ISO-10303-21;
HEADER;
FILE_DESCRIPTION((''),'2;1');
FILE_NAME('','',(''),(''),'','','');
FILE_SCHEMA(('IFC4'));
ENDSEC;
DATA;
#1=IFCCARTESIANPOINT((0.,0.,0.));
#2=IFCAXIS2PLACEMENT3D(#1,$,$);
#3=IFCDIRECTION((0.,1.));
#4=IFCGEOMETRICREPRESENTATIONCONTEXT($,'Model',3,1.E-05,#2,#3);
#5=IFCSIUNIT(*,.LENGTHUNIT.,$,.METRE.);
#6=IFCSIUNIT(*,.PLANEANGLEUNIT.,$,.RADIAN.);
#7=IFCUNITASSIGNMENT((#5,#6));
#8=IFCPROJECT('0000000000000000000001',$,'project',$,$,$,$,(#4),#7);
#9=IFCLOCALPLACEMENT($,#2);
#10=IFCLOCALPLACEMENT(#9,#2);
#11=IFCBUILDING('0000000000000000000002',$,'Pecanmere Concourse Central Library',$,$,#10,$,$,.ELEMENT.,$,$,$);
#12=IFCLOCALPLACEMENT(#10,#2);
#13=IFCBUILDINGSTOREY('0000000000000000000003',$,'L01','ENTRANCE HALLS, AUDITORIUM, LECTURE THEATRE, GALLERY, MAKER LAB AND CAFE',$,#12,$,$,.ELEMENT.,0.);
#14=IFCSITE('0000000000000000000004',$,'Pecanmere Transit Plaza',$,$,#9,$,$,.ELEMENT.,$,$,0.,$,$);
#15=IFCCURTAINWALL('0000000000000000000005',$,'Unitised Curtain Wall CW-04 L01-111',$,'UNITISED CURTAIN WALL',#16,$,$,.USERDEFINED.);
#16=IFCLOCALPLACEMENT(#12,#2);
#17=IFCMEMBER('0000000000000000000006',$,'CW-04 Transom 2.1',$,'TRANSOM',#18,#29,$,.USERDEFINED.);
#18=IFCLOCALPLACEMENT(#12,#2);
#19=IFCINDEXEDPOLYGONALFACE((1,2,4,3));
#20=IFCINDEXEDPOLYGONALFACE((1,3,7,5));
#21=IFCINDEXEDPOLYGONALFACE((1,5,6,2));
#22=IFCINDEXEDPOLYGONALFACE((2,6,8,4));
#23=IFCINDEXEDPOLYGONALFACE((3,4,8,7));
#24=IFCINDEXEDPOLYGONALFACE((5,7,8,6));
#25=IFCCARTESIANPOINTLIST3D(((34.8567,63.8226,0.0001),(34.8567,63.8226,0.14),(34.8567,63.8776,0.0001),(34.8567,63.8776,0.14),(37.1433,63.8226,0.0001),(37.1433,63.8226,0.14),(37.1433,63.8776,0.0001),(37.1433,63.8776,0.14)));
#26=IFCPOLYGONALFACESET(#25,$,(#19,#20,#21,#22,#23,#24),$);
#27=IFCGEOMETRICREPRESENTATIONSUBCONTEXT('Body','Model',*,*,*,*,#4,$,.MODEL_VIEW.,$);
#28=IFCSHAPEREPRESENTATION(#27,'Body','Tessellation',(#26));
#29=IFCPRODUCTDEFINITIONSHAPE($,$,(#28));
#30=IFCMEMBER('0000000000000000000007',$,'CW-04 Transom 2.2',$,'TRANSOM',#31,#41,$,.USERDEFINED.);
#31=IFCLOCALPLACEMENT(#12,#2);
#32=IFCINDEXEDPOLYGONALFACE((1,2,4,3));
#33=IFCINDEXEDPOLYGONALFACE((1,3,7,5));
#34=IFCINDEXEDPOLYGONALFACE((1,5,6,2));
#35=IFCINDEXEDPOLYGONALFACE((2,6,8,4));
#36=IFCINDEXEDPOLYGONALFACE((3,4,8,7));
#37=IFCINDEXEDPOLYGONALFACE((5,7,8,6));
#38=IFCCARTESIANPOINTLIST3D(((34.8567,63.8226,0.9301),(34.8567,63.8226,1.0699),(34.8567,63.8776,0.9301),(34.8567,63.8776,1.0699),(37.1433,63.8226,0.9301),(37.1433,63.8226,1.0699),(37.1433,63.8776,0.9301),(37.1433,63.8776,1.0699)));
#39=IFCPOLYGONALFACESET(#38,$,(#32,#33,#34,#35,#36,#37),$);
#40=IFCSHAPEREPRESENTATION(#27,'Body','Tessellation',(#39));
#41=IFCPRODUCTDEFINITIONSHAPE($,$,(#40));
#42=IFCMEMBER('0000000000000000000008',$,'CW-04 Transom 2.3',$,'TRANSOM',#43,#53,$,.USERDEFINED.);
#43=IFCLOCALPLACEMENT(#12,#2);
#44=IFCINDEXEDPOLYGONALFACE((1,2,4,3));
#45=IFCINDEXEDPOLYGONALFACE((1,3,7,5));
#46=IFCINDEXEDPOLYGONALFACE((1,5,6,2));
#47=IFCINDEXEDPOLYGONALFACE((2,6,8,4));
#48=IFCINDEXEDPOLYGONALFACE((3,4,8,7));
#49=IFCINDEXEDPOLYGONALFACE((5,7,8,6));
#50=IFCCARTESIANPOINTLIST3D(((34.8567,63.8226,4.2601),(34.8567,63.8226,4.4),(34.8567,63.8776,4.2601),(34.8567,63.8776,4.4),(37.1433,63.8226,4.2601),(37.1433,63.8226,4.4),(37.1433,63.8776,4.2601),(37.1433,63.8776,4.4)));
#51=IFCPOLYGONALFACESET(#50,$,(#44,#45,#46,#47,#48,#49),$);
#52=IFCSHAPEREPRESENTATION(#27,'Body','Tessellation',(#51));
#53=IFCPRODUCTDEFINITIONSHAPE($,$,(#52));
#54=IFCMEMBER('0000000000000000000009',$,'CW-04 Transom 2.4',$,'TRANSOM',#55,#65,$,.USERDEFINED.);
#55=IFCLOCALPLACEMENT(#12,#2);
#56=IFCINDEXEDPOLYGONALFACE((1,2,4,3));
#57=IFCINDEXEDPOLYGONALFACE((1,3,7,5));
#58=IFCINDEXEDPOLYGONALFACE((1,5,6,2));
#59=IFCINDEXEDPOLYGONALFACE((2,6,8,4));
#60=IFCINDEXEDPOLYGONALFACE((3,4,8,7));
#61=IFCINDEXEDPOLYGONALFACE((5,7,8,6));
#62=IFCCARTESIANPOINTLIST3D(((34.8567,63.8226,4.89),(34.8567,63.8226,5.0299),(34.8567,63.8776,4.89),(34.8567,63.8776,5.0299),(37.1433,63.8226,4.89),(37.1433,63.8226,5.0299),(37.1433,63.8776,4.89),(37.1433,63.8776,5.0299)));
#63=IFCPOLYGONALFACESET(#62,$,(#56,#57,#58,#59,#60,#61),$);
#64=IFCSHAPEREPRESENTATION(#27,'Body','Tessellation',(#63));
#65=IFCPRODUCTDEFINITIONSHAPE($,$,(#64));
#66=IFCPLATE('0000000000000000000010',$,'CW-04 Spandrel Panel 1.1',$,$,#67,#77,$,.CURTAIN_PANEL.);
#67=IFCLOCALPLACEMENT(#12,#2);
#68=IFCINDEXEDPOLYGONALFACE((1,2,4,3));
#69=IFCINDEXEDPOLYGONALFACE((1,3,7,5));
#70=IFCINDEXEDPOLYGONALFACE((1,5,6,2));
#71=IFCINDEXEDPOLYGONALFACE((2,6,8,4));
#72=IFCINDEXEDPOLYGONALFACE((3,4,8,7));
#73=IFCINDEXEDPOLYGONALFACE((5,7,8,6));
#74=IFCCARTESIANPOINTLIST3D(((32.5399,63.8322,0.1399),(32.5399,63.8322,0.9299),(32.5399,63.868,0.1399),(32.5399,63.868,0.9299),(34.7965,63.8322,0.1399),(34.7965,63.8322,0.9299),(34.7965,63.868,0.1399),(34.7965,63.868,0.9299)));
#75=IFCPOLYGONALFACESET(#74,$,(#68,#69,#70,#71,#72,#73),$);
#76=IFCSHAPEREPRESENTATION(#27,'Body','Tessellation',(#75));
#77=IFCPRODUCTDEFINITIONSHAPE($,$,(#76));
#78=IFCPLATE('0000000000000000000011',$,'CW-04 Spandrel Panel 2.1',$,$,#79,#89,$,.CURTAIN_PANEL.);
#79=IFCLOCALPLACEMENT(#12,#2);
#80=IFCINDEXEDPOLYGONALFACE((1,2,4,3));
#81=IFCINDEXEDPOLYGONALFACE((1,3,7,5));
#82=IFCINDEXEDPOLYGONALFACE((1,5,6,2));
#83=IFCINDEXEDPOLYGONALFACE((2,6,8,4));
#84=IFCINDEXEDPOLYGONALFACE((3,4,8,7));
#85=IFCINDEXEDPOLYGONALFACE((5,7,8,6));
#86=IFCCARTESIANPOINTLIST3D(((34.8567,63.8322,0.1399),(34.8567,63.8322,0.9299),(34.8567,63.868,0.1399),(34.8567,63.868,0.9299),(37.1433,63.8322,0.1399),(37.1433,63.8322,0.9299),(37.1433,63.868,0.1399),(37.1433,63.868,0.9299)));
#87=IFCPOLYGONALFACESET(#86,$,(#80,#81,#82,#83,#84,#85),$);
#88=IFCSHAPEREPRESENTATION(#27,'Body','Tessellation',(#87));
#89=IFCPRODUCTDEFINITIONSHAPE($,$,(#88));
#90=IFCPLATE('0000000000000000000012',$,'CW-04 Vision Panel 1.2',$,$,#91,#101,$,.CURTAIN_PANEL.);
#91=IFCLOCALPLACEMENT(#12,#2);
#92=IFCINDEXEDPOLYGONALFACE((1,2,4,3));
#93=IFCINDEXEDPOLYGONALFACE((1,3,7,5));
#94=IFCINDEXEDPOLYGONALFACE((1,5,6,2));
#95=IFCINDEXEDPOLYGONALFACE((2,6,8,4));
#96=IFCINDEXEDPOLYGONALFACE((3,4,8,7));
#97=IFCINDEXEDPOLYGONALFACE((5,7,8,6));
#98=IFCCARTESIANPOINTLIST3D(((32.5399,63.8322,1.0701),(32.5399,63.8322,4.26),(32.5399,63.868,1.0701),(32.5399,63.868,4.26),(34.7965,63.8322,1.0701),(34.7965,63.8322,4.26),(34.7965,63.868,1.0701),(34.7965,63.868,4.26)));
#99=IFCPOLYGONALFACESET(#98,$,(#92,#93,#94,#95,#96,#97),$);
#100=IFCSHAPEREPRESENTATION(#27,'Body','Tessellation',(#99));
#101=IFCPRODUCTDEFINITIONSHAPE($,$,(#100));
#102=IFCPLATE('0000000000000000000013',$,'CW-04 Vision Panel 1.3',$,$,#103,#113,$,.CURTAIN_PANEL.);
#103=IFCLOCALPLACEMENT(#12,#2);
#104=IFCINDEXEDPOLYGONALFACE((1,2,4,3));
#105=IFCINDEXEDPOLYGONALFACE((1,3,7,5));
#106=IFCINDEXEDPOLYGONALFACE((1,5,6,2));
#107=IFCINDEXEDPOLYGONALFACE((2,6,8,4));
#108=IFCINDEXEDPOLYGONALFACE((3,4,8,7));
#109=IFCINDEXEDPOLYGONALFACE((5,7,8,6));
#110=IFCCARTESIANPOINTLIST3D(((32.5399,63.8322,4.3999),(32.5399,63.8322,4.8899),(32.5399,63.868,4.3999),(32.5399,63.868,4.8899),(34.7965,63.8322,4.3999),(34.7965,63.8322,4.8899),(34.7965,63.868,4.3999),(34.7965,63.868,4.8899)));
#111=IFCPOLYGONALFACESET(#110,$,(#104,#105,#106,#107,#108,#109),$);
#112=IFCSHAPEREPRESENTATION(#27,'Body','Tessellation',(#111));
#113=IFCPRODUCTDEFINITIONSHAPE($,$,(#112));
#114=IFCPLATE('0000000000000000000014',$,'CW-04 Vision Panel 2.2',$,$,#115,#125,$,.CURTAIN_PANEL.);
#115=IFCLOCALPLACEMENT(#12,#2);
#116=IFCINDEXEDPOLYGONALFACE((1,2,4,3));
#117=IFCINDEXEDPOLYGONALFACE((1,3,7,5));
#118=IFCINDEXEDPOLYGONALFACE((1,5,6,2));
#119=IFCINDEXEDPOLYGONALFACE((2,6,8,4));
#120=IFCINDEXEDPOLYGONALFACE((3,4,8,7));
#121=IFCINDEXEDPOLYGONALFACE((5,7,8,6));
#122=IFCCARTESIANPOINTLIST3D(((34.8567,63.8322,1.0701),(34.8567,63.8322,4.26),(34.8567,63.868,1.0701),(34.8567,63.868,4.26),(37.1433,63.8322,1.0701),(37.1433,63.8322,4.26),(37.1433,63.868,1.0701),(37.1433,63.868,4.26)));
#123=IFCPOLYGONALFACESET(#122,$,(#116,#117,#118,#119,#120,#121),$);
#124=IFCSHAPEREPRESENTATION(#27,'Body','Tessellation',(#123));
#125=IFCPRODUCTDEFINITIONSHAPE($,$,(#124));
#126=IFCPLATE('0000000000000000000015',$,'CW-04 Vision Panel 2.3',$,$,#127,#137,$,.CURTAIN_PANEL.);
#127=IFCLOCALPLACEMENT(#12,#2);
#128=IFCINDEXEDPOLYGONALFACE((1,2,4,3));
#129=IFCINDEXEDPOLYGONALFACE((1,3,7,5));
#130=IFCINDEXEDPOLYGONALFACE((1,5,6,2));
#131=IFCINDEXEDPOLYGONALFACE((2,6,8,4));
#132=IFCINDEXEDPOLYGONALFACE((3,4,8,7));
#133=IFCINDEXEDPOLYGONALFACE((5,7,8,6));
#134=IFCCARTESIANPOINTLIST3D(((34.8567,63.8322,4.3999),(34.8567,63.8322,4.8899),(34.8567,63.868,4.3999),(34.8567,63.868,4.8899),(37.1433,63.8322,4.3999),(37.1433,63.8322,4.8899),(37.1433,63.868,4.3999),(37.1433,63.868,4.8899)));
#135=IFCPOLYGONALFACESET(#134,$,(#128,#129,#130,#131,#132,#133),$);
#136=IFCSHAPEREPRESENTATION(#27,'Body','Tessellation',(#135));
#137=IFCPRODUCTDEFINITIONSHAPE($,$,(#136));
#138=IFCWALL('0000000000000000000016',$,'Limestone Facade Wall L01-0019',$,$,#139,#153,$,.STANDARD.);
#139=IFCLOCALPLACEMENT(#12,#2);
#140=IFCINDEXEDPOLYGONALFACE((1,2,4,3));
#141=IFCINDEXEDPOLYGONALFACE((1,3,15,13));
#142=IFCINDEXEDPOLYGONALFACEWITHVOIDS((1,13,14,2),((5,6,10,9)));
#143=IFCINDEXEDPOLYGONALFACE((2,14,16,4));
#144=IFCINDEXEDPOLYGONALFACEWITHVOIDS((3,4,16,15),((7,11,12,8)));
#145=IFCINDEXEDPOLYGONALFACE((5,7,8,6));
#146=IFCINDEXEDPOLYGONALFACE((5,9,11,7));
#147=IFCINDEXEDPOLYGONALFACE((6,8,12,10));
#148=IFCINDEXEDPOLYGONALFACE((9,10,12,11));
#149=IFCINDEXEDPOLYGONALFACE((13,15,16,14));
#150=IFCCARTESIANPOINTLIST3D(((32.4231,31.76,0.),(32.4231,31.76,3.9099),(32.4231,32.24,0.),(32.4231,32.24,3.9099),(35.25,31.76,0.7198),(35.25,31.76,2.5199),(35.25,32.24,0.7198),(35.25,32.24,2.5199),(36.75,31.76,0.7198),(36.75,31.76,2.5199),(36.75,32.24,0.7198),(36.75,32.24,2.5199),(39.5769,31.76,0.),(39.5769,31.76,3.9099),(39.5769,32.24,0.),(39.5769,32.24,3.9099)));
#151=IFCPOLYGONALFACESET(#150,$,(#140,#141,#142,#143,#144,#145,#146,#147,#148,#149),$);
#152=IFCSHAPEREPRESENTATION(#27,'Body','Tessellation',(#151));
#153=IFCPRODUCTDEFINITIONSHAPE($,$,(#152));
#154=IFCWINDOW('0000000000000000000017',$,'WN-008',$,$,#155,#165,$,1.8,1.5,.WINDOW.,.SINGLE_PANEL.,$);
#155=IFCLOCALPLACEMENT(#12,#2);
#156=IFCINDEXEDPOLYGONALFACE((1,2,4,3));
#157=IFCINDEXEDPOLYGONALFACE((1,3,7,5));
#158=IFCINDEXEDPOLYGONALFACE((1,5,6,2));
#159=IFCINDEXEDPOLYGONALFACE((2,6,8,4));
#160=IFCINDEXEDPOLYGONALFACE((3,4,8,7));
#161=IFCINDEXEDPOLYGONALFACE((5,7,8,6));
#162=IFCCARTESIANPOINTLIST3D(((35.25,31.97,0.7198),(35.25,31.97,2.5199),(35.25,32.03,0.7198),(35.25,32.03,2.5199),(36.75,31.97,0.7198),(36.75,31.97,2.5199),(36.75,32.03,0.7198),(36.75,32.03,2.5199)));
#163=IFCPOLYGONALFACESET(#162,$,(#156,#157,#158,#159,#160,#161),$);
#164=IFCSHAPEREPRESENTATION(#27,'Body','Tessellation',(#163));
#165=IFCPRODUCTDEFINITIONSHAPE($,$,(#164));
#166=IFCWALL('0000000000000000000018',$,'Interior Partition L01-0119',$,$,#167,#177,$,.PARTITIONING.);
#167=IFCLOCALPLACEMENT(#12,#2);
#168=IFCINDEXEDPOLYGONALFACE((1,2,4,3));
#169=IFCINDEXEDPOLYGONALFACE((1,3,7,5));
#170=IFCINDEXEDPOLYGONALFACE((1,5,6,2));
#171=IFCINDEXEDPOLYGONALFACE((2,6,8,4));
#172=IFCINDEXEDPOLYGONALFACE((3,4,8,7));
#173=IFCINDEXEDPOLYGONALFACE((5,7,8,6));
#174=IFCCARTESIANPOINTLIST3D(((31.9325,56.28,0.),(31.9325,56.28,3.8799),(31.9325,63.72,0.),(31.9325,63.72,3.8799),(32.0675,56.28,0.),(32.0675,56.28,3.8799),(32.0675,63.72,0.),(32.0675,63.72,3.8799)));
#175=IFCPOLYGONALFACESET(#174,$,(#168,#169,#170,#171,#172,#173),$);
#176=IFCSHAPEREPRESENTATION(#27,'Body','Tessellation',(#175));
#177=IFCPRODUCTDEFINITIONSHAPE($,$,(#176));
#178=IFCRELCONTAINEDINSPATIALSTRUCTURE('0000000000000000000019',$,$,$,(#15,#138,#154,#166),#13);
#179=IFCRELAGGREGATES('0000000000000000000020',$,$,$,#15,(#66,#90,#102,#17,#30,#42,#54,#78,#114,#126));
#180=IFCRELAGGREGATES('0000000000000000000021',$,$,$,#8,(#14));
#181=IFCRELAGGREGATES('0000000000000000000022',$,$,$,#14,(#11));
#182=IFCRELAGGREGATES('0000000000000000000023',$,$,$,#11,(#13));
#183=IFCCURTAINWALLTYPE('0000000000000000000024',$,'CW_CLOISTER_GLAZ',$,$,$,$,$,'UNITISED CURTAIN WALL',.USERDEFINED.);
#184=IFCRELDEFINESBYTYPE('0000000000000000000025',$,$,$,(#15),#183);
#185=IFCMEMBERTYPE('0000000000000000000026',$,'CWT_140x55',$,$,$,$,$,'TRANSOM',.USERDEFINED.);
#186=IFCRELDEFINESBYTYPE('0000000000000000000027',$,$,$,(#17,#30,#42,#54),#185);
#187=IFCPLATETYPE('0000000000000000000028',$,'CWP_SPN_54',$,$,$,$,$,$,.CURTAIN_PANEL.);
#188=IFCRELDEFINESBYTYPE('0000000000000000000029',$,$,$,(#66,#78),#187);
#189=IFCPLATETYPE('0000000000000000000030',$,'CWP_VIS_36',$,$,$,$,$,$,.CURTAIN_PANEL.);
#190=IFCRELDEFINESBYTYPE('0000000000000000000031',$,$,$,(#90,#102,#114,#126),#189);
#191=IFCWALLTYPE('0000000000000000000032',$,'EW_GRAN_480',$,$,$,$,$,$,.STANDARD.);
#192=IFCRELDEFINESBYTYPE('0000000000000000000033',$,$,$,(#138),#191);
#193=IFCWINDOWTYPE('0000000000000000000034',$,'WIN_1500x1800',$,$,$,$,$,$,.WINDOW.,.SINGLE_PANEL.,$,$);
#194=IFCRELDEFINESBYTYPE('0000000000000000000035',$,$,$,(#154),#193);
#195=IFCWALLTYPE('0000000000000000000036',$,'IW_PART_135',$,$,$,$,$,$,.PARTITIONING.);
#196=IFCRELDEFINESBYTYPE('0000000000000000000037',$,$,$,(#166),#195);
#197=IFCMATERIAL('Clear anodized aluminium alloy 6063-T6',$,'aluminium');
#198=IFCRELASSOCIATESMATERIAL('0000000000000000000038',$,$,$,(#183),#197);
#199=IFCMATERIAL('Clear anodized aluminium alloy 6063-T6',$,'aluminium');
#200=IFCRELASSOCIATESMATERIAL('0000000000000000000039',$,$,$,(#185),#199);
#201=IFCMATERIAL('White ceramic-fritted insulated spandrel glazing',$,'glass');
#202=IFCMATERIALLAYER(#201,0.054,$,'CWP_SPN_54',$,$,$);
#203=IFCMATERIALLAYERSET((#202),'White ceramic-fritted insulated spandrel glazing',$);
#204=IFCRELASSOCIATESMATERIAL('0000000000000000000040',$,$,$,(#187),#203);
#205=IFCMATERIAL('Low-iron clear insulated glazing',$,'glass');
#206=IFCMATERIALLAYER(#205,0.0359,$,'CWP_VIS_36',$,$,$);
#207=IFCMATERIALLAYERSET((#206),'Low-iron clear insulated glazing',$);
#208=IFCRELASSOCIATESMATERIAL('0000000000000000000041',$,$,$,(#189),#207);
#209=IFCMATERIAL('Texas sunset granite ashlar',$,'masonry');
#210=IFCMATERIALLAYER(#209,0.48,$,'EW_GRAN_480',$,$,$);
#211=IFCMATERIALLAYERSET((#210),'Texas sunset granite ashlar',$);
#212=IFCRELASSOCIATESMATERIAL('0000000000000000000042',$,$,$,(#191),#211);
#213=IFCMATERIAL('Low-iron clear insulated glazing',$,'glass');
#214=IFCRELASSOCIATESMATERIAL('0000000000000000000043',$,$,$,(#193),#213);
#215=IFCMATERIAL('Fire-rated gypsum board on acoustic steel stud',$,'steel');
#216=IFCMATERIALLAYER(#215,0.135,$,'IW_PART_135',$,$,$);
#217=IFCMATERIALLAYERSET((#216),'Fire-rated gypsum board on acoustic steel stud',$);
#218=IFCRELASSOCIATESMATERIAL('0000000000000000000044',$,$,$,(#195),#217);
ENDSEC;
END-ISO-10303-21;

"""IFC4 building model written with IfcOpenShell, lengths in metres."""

from ifc_helpers import new_model, si_unit, direction, frame, frame_2d, origin, origin_2d, place, context, subcontext, project, spatial, rectangle, extrude, material, layer, layer_set, material_profile, profile_set, type_object, element, fill, aggregate, save


model = new_model("IFC4")

# Units and contexts
model_context = context("Model", 3, precision=1e-05, world=origin(), true_north=direction((0.0, 1.0)))
body_context = subcontext(model_context, "Body", "Model", "MODEL_VIEW")
ifc_project = project(units=[si_unit("LENGTHUNIT", "METRE"), si_unit("PLANEANGLEUNIT", "RADIAN")], contexts=[model_context])

# Site, building, storey
site_placement = place(None, origin())
site = spatial("IfcSite", under=ifc_project, at=site_placement, Name="Pecanmere Transit Plaza", CompositionType="ELEMENT", RefElevation=0.0)
building_placement = place(site_placement, origin())
building = spatial("IfcBuilding", under=site, at=building_placement, Name="Pecanmere Concourse Central Library", CompositionType="ELEMENT")
storey_placement = place(building_placement, origin())
storey = spatial("IfcBuildingStorey", under=building, at=storey_placement, Name="L01", Description="ENTRANCE HALLS, AUDITORIUM, LECTURE THEATRE, GALLERY, MAKER LAB AND CAFE", CompositionType="ELEMENT", Elevation=0.0)

# Curtain wall, members, plates
ifc_material_1 = material(Name="Clear anodized aluminium alloy 6063-T6", Category="aluminium")
curtain_wall_type = type_object("IfcCurtainWallType", Name="CW_CLOISTER_GLAZ", ElementType="UNITISED CURTAIN WALL", PredefinedType="USERDEFINED", material=ifc_material_1)
curtain_wall_placement = place(storey_placement, origin())
curtain_wall = element("IfcCurtainWall", 1, at=curtain_wall_placement, inside=storey, type_object=curtain_wall_type, Name="Unitised Curtain Wall CW-04 L01-111", ObjectType="UNITISED CURTAIN WALL", PredefinedType="USERDEFINED")
ifc_material_2 = material(Name="Clear anodized aluminium alloy 6063-T6", Category="aluminium")
ifc_material_profile_1 = material_profile(ifc_material_2, rectangle(XDim=0.0549, YDim=0.1399, at=origin_2d()), Name="AL 55x140")
ifc_profile_set_1 = profile_set([ifc_material_profile_1], Name="Clear anodized aluminium alloy 6063-T6")
member_type_1 = type_object("IfcMemberType", Name="CWT_140x55", ElementType="TRANSOM", PredefinedType="USERDEFINED", material=ifc_profile_set_1)
member_1_placement = place(storey_placement, frame((34.8567, 63.8501, 0.0701), z_axis=(1.0, 0.0, 0.0), x_axis=(0.0, 1.0, 0.0)))
member_1 = element("IfcMember", 2, at=member_1_placement, type_object=member_type_1, Name="CW-04 Transom 2.1", ObjectType="TRANSOM", PredefinedType="USERDEFINED", context=body_context, shape_type="SweptSolid", body=[
    extrude(rectangle(XDim=0.0549, YDim=0.1399, at=origin_2d()), origin(), (0.0, 0.0, 1.0), 2.2866),
])
member_2_placement = place(storey_placement, frame((34.8567, 63.8501, 1.0), z_axis=(1.0, 0.0, 0.0), x_axis=(0.0, 1.0, 0.0)))
member_2 = element("IfcMember", 3, at=member_2_placement, type_object=member_type_1, Name="CW-04 Transom 2.2", ObjectType="TRANSOM", PredefinedType="USERDEFINED", context=body_context, shape_type="SweptSolid", body=[
    extrude(rectangle(XDim=0.0549, YDim=0.1399, at=origin_2d()), origin(), (0.0, 0.0, 1.0), 2.2866),
])
member_3_placement = place(storey_placement, frame((34.8567, 63.8501, 4.3301), z_axis=(1.0, 0.0, 0.0), x_axis=(0.0, 1.0, 0.0)))
member_3 = element("IfcMember", 4, at=member_3_placement, type_object=member_type_1, Name="CW-04 Transom 2.3", ObjectType="TRANSOM", PredefinedType="USERDEFINED", context=body_context, shape_type="SweptSolid", body=[
    extrude(rectangle(XDim=0.0549, YDim=0.1399, at=origin_2d()), origin(), (0.0, 0.0, 1.0), 2.2866),
])
member_4_placement = place(storey_placement, frame((34.8567, 63.8501, 4.96), z_axis=(1.0, 0.0, 0.0), x_axis=(0.0, 1.0, 0.0)))
member_4 = element("IfcMember", 5, at=member_4_placement, type_object=member_type_1, Name="CW-04 Transom 2.4", ObjectType="TRANSOM", PredefinedType="USERDEFINED", context=body_context, shape_type="SweptSolid", body=[
    extrude(rectangle(XDim=0.0549, YDim=0.1399, at=origin_2d()), origin(), (0.0, 0.0, 1.0), 2.2866),
])
ifc_material_3 = material(Name="White ceramic-fritted insulated spandrel glazing", Category="glass")
ifc_layer_1 = layer(ifc_material_3, 0.054, Name="CWP_SPN_54")
ifc_layer_set_1 = layer_set([ifc_layer_1], Name="White ceramic-fritted insulated spandrel glazing")
plate_type_1 = type_object("IfcPlateType", Name="CWP_SPN_54", PredefinedType="CURTAIN_PANEL", material=ifc_layer_set_1)
plate_1_placement = place(storey_placement, frame((33.6682, 63.8501, 0.1399), z_axis=(0.0, 0.0, 1.0), x_axis=(1.0, 0.0, 0.0)))
plate_1 = element("IfcPlate", 6, at=plate_1_placement, type_object=plate_type_1, Name="CW-04 Spandrel Panel 1.1", PredefinedType="CURTAIN_PANEL", context=body_context, shape_type="SweptSolid", body=[
    extrude(rectangle(XDim=2.2566, YDim=0.0359, at=origin_2d()), origin(), (0.0, 0.0, 1.0), 0.79),
])
plate_2_placement = place(storey_placement, frame((36.0, 63.8501, 0.1399), z_axis=(0.0, 0.0, 1.0), x_axis=(1.0, 0.0, 0.0)))
plate_2 = element("IfcPlate", 7, at=plate_2_placement, type_object=plate_type_1, Name="CW-04 Spandrel Panel 2.1", PredefinedType="CURTAIN_PANEL", context=body_context, shape_type="SweptSolid", body=[
    extrude(rectangle(XDim=2.2866, YDim=0.0359, at=origin_2d()), origin(), (0.0, 0.0, 1.0), 0.79),
])
ifc_material_4 = material(Name="Low-iron clear insulated glazing", Category="glass")
ifc_layer_2 = layer(ifc_material_4, 0.0359, Name="CWP_VIS_36")
ifc_layer_set_2 = layer_set([ifc_layer_2], Name="Low-iron clear insulated glazing")
plate_type_2 = type_object("IfcPlateType", Name="CWP_VIS_36", PredefinedType="CURTAIN_PANEL", material=ifc_layer_set_2)
plate_3_placement = place(storey_placement, frame((33.6682, 63.8501, 1.0701), z_axis=(0.0, 0.0, 1.0), x_axis=(1.0, 0.0, 0.0)))
plate_3 = element("IfcPlate", 8, at=plate_3_placement, type_object=plate_type_2, Name="CW-04 Vision Panel 1.2", PredefinedType="CURTAIN_PANEL", context=body_context, shape_type="SweptSolid", body=[
    extrude(rectangle(XDim=2.2566, YDim=0.0359, at=origin_2d()), origin(), (0.0, 0.0, 1.0), 3.1899),
])
plate_4_placement = place(storey_placement, frame((33.6682, 63.8501, 4.3999), z_axis=(0.0, 0.0, 1.0), x_axis=(1.0, 0.0, 0.0)))
plate_4 = element("IfcPlate", 9, at=plate_4_placement, type_object=plate_type_2, Name="CW-04 Vision Panel 1.3", PredefinedType="CURTAIN_PANEL", context=body_context, shape_type="SweptSolid", body=[
    extrude(rectangle(XDim=2.2566, YDim=0.0359, at=origin_2d()), origin(), (0.0, 0.0, 1.0), 0.49),
])
plate_5_placement = place(storey_placement, frame((36.0, 63.8501, 1.0701), z_axis=(0.0, 0.0, 1.0), x_axis=(1.0, 0.0, 0.0)))
plate_5 = element("IfcPlate", 10, at=plate_5_placement, type_object=plate_type_2, Name="CW-04 Vision Panel 2.2", PredefinedType="CURTAIN_PANEL", context=body_context, shape_type="SweptSolid", body=[
    extrude(rectangle(XDim=2.2866, YDim=0.0359, at=origin_2d()), origin(), (0.0, 0.0, 1.0), 3.1899),
])
plate_6_placement = place(storey_placement, frame((36.0, 63.8501, 4.3999), z_axis=(0.0, 0.0, 1.0), x_axis=(1.0, 0.0, 0.0)))
plate_6 = element("IfcPlate", 11, at=plate_6_placement, type_object=plate_type_2, Name="CW-04 Vision Panel 2.3", PredefinedType="CURTAIN_PANEL", context=body_context, shape_type="SweptSolid", body=[
    extrude(rectangle(XDim=2.2866, YDim=0.0359, at=origin_2d()), origin(), (0.0, 0.0, 1.0), 0.49),
])
aggregate(curtain_wall, [plate_1, plate_3, plate_4, member_1, member_2, member_3, member_4, plate_2, plate_5, plate_6])

# Wall, opening, window
ifc_material_5 = material(Name="Texas sunset granite ashlar", Category="masonry")
ifc_layer_3 = layer(ifc_material_5, 0.48, Name="EW_GRAN_480")
ifc_layer_set_3 = layer_set([ifc_layer_3], Name="Texas sunset granite ashlar")
wall_type_1 = type_object("IfcWallType", Name="EW_GRAN_480", PredefinedType="STANDARD", material=ifc_layer_set_3)
wall_1_placement = place(storey_placement, frame((39.5769, 32.0, 0.0), z_axis=(0.0, 0.0, 1.0), x_axis=(-1.0, 0.0, 0.0)))
wall_1 = element("IfcWall", 12, at=wall_1_placement, inside=storey, type_object=wall_type_1, Name="Limestone Facade Wall L01-0019", PredefinedType="STANDARD", context=body_context, shape_type="SweptSolid", body=[
    extrude(rectangle(XDim=7.1538, YDim=0.48, at=frame_2d((3.5769, 0.0))), origin(), (0.0, 0.0, 1.0), 3.9099),
])
opening_placement = place(wall_1_placement, frame((2.8269, 0.0, 0.72)))
opening = element("IfcOpeningElement", 13, at=opening_placement, cuts=wall_1, PredefinedType="OPENING", context=body_context, shape_type="SweptSolid", body=[
    extrude(rectangle(XDim=1.5, YDim=1.8, at=frame_2d((0.75, 0.8999))), frame((0.0, 0.252, 0.0), z_axis=(0.0, -1.0, 0.0), x_axis=(1.0, 0.0, 0.0)), (0.0, 0.0, 1.0), 0.5039),
])
ifc_material_6 = material(Name="Low-iron clear insulated glazing", Category="glass")
window_type = type_object("IfcWindowType", Name="WIN_1500x1800", PartitioningType="SINGLE_PANEL", PredefinedType="WINDOW", material=ifc_material_6)
window_placement = place(opening_placement, origin())
window = element("IfcWindow", 14, at=window_placement, inside=storey, type_object=window_type, Name="WN-008", OverallHeight=1.8, OverallWidth=1.5, PartitioningType="SINGLE_PANEL", PredefinedType="WINDOW", context=body_context, shape_type="SweptSolid", body=[
    extrude(rectangle(XDim=1.5, YDim=1.8, at=frame_2d((0.75, 0.8999))), frame((0.0, 0.03, 0.0), z_axis=(0.0, -1.0, 0.0), x_axis=(1.0, 0.0, 0.0)), (0.0, 0.0, 1.0), 0.0601),
])
fill(opening, window)

# Wall
ifc_material_7 = material(Name="Fire-rated gypsum board on acoustic steel stud", Category="steel")
ifc_layer_4 = layer(ifc_material_7, 0.135, Name="IW_PART_135")
ifc_layer_set_4 = layer_set([ifc_layer_4], Name="Fire-rated gypsum board on acoustic steel stud")
wall_type_2 = type_object("IfcWallType", Name="IW_PART_135", PredefinedType="PARTITIONING", material=ifc_layer_set_4)
wall_2_placement = place(storey_placement, frame((32.0, 56.28, 0.0), z_axis=(0.0, 0.0, 1.0), x_axis=(0.0, 1.0, 0.0)))
element("IfcWall", 15, at=wall_2_placement, inside=storey, type_object=wall_type_2, Name="Interior Partition L01-0119", PredefinedType="PARTITIONING", context=body_context, shape_type="SweptSolid", body=[
    extrude(rectangle(XDim=7.4399, YDim=0.135, at=frame_2d((3.72, 0.0))), origin(), (0.0, 0.0, 1.0), 3.8799),
])

save(model, "model.ifc")
